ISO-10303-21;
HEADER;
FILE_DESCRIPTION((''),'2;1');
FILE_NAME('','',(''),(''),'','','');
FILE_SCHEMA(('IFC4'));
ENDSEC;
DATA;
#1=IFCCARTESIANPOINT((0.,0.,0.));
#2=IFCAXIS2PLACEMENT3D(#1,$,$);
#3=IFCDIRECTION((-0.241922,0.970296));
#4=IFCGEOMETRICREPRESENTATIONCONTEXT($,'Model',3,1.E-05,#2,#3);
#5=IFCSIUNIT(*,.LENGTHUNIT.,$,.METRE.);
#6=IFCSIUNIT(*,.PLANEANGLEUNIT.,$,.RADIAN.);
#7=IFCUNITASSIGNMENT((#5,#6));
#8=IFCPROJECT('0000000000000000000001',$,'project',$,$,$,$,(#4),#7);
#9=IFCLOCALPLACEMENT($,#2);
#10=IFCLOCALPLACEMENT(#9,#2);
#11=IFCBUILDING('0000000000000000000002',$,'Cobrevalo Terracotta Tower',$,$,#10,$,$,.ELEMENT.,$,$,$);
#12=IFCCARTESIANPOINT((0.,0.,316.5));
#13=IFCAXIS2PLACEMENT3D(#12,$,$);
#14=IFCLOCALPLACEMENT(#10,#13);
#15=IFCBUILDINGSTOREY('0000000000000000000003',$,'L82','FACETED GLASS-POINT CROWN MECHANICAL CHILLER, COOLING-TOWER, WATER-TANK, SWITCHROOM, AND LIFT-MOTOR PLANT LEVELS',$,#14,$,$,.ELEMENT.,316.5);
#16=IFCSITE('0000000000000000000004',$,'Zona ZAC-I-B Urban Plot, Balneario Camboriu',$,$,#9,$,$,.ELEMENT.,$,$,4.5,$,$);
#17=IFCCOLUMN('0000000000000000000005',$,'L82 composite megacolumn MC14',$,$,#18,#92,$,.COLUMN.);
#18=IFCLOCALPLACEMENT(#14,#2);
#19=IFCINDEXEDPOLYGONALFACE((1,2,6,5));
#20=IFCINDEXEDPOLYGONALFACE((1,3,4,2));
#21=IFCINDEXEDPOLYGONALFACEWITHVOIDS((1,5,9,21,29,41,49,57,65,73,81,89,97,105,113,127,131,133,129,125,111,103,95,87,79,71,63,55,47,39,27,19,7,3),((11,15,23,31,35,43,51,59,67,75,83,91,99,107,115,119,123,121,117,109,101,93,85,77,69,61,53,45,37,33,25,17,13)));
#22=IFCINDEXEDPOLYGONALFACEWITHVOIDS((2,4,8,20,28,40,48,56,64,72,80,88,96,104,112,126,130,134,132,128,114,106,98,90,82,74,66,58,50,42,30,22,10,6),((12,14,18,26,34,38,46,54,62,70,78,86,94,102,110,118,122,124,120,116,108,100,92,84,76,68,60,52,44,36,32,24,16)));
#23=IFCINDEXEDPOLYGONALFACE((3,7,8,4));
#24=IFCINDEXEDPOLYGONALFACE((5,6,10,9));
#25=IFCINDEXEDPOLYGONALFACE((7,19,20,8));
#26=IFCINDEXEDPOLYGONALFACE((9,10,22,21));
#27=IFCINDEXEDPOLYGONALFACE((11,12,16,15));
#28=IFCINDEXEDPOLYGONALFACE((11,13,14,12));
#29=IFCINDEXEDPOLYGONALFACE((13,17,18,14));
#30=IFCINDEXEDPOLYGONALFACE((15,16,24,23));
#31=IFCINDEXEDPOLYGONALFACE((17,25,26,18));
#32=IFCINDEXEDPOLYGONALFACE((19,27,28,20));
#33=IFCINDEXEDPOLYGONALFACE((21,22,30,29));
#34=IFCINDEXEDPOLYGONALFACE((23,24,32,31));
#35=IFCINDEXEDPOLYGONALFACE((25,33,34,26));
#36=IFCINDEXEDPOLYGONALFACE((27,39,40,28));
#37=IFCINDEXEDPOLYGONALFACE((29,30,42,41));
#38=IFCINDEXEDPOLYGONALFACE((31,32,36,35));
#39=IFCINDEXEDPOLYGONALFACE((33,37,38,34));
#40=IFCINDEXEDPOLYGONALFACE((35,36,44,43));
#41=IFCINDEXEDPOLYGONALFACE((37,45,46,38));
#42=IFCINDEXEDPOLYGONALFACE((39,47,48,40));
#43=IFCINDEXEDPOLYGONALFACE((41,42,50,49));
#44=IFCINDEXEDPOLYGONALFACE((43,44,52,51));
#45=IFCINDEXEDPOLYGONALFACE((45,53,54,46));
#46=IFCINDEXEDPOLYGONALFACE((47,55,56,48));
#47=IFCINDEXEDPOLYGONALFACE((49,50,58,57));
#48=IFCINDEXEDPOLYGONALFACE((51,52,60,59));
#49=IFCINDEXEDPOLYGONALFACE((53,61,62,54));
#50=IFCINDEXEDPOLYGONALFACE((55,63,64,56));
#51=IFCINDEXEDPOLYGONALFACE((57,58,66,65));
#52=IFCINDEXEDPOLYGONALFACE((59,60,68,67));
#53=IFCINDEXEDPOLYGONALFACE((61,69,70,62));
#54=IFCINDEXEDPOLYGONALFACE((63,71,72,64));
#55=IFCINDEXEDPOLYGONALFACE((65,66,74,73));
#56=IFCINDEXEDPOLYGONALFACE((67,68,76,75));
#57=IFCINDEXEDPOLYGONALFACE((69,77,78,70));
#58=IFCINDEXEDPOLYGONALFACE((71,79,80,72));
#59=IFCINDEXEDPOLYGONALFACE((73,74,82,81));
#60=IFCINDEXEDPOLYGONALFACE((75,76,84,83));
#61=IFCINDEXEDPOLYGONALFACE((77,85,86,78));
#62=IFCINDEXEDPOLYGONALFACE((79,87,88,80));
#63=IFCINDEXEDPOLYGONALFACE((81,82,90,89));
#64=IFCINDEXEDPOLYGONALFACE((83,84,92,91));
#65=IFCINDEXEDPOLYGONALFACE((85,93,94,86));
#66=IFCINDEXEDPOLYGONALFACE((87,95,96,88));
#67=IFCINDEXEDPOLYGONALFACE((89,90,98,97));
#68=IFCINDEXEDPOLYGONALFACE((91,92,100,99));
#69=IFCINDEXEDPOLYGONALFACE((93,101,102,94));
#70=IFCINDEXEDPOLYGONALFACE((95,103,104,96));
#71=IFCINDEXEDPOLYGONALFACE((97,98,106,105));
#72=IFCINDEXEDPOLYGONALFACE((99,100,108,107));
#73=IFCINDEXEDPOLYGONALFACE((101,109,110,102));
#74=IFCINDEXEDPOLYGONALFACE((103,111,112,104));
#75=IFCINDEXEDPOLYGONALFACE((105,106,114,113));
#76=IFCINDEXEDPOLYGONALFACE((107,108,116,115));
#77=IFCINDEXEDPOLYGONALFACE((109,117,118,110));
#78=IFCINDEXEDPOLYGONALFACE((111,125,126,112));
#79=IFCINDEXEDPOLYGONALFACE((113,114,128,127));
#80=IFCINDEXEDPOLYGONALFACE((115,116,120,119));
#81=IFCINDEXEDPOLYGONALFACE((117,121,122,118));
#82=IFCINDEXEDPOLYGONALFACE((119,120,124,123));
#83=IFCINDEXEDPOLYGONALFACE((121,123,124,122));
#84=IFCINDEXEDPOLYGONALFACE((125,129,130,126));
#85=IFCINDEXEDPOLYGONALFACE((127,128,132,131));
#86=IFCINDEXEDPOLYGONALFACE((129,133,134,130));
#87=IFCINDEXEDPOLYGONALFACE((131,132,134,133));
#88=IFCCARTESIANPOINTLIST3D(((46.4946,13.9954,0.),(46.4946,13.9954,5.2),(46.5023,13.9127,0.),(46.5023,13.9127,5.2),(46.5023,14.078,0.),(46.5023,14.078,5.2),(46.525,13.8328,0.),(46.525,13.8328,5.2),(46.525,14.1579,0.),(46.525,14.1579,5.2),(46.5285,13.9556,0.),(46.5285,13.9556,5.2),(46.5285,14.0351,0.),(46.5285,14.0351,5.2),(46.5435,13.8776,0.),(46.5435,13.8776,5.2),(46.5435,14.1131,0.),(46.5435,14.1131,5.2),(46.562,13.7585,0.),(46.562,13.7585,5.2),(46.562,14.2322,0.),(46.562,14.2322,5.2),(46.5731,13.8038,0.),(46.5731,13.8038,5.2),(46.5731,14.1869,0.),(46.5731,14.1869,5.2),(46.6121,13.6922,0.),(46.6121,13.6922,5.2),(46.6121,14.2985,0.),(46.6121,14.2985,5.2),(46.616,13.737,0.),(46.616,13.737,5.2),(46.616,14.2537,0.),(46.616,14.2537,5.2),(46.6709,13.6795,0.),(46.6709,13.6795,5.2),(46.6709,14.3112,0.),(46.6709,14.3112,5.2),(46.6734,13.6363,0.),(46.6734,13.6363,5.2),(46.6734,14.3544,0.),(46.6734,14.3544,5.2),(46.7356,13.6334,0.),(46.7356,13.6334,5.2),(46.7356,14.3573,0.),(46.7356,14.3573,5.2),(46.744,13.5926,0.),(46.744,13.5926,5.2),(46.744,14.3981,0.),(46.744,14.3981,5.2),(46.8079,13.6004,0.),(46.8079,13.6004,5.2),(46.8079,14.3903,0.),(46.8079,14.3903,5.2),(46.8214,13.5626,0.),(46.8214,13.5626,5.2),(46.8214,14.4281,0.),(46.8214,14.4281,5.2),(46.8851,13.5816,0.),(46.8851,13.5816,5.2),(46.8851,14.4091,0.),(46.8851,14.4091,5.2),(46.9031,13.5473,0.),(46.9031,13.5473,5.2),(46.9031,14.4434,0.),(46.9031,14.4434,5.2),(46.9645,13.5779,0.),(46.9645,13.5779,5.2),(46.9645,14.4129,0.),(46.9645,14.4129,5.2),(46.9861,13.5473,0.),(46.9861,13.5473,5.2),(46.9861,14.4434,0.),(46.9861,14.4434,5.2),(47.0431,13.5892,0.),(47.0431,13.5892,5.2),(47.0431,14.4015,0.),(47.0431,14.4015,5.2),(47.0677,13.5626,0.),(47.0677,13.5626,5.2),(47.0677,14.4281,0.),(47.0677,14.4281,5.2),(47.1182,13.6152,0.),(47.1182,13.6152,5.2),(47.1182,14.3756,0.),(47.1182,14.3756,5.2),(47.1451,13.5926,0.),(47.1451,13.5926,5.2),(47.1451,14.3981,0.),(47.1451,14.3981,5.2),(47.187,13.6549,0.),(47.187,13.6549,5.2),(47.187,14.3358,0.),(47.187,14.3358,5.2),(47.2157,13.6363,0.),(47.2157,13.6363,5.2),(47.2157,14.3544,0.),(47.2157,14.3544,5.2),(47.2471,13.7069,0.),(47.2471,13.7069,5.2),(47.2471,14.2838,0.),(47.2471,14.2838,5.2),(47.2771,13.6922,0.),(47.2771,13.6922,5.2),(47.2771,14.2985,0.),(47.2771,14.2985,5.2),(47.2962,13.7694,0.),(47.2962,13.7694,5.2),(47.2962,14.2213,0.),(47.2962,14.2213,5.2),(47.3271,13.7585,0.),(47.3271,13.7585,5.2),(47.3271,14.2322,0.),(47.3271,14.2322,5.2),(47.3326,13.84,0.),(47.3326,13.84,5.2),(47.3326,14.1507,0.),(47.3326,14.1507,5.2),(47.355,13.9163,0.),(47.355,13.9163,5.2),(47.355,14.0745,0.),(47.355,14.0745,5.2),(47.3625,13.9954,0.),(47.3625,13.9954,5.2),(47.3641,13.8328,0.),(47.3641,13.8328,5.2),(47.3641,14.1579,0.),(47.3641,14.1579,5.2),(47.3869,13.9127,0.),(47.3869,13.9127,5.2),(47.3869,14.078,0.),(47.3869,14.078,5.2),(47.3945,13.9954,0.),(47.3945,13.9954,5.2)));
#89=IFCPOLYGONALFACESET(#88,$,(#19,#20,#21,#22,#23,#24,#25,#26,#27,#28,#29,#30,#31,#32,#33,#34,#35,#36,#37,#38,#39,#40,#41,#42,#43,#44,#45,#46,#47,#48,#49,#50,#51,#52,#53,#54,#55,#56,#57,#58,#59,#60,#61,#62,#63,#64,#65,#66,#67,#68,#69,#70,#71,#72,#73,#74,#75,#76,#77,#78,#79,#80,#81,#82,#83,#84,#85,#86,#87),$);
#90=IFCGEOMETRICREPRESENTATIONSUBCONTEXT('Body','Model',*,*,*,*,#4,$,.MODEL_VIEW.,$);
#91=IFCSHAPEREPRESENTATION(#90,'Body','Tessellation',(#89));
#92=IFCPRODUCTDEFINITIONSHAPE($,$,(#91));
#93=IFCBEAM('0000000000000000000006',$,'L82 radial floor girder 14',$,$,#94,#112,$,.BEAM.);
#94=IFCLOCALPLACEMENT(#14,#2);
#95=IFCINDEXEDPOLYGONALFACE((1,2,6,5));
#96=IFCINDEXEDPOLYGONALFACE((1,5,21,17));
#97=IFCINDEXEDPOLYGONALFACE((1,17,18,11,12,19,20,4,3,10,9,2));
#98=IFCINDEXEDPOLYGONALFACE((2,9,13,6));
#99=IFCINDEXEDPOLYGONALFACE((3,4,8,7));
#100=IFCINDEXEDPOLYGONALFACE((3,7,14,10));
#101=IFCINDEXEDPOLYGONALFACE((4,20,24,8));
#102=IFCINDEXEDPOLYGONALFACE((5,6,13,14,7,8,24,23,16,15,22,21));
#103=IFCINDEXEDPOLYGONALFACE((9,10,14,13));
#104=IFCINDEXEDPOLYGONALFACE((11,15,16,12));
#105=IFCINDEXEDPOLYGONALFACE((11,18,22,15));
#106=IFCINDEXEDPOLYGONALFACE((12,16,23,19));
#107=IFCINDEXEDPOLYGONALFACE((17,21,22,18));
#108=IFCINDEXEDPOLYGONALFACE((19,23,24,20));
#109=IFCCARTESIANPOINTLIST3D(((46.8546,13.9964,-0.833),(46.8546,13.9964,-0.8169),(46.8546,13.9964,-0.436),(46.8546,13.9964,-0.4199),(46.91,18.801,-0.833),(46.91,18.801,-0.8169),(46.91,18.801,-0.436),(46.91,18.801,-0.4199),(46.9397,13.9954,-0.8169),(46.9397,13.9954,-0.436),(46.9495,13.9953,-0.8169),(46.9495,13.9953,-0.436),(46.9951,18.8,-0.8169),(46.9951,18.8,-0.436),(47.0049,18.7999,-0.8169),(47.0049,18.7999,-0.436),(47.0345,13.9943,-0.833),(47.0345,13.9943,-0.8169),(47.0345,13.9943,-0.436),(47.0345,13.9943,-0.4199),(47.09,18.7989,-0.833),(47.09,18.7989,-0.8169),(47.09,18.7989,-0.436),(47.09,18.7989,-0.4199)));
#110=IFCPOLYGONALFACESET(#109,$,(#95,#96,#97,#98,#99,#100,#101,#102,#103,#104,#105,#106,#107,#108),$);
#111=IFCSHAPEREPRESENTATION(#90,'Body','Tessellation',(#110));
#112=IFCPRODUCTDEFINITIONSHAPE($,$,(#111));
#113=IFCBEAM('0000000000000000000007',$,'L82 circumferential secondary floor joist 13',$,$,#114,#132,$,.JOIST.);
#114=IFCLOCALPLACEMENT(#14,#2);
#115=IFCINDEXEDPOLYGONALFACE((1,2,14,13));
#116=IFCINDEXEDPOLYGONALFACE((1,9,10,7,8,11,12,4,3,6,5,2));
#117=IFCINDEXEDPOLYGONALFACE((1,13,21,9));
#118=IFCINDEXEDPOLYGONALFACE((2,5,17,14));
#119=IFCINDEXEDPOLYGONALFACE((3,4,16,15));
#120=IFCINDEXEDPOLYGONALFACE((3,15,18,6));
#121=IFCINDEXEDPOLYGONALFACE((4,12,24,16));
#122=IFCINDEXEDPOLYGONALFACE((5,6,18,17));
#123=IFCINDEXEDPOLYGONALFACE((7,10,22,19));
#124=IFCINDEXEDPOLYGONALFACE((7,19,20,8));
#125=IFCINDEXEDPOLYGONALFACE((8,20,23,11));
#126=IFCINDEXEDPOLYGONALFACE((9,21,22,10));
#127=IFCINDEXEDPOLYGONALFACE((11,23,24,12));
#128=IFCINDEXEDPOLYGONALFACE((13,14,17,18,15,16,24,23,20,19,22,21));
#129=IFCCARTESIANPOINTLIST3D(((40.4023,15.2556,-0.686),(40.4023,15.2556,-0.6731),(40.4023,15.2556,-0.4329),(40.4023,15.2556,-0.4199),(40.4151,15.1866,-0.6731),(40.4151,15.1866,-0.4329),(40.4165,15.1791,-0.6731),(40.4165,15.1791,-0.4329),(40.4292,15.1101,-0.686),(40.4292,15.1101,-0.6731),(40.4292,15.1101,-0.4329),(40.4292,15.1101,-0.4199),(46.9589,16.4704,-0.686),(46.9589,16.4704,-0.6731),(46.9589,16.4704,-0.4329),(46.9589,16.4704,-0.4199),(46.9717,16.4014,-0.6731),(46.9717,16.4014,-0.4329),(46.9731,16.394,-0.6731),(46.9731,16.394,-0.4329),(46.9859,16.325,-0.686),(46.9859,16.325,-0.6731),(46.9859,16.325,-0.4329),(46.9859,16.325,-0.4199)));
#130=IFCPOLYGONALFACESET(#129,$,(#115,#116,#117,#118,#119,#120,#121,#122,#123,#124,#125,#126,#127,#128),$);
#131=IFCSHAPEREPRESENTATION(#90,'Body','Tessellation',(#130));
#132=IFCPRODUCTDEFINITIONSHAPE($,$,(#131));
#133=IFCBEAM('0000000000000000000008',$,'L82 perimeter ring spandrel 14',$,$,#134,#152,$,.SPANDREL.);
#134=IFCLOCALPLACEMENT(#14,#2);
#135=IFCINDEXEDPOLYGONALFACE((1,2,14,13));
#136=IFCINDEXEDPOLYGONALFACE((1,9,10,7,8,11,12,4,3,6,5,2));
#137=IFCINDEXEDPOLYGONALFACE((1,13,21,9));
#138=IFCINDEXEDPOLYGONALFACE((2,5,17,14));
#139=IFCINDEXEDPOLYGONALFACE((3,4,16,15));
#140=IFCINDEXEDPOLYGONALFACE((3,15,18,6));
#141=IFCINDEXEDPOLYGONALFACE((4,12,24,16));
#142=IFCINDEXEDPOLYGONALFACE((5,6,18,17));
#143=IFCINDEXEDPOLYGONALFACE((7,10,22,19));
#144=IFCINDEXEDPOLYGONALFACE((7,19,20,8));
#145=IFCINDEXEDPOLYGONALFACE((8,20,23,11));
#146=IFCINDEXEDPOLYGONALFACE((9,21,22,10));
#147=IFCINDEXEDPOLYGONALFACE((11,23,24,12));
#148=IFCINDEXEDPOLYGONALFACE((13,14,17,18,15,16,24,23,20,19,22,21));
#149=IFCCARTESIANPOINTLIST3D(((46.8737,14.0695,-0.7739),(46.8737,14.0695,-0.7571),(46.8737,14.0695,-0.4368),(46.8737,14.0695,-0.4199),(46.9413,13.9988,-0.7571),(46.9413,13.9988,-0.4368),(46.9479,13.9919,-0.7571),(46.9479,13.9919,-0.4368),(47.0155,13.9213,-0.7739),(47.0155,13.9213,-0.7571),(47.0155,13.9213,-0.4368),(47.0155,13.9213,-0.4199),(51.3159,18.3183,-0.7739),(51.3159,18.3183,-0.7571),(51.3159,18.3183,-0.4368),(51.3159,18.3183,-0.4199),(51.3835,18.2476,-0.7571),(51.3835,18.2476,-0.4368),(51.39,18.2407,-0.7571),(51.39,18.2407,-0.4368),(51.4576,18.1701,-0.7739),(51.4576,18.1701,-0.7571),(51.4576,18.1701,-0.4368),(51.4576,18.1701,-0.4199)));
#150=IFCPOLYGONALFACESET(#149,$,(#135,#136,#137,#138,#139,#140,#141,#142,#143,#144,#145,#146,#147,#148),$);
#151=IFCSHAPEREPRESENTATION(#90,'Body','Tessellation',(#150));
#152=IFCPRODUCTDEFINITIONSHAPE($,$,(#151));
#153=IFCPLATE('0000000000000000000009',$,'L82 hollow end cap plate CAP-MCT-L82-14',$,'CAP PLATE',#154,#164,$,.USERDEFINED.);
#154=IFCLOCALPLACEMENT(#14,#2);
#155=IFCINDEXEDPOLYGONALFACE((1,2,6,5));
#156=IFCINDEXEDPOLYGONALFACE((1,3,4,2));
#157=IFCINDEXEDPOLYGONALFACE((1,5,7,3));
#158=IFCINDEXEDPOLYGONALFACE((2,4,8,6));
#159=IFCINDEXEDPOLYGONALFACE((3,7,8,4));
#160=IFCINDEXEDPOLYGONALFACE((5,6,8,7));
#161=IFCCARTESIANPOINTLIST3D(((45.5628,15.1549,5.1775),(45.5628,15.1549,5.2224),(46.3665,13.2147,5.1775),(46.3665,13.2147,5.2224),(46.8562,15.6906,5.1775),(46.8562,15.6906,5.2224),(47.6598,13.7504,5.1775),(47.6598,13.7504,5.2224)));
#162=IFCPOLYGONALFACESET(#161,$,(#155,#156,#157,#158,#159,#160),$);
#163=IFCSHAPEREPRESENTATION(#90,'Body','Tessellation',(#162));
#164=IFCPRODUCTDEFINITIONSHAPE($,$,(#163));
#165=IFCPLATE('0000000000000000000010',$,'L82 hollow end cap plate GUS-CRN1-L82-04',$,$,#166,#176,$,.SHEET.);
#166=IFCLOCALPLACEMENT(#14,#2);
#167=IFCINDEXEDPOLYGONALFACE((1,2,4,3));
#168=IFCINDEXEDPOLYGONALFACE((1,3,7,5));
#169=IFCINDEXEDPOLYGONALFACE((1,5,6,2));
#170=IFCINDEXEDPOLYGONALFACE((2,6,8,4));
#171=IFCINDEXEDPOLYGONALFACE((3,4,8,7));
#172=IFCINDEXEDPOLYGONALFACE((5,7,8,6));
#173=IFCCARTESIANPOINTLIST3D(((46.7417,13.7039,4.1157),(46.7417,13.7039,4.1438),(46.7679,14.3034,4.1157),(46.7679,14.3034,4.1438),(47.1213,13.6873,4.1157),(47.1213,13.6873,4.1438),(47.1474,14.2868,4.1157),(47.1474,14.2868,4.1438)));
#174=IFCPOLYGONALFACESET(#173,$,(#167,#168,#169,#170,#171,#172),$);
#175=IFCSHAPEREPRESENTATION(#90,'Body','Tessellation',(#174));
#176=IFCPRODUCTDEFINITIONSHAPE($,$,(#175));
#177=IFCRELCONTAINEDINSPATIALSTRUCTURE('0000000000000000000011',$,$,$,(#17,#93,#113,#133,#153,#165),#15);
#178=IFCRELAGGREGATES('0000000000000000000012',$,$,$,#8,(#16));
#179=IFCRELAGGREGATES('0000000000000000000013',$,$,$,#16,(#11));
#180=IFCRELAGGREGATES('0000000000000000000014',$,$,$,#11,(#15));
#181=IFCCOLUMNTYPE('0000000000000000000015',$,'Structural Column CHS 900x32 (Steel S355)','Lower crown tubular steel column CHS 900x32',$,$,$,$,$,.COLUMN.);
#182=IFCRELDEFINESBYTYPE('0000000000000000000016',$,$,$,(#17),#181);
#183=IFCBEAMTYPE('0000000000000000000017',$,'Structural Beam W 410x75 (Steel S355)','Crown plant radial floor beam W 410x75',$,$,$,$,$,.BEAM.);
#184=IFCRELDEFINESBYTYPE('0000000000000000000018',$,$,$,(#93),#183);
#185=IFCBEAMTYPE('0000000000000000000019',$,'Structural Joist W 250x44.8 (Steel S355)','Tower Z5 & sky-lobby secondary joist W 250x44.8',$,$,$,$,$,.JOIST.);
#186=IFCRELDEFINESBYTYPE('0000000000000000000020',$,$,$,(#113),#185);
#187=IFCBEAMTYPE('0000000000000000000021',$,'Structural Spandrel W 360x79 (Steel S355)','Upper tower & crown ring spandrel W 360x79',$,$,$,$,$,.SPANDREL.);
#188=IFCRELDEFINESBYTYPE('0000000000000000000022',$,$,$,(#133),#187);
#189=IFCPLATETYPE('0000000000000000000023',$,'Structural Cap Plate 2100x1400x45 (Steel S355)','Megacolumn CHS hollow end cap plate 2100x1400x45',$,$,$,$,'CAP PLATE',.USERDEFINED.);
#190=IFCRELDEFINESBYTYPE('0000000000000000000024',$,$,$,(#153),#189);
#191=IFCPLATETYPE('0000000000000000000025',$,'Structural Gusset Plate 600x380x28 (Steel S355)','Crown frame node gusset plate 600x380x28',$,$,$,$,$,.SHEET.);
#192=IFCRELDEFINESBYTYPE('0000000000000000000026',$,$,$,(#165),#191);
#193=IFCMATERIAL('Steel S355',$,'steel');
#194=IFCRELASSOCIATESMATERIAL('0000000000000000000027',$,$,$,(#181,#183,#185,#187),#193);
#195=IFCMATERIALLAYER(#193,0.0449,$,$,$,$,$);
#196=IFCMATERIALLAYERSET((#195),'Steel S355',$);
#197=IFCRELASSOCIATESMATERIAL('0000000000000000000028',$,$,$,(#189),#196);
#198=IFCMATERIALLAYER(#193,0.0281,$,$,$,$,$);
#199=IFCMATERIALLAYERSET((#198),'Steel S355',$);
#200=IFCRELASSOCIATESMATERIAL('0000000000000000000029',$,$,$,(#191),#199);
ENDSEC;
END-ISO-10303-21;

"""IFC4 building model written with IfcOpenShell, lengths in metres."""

from ifc_helpers import new_model, si_unit, direction, frame, origin, origin_2d, place, context, subcontext, project, spatial, rectangle, hollow_circle, i_section, extrude, source, transform, mapped, material, layer, layer_set, material_profile, profile_set, type_object, element, save


model = new_model("IFC4")

# Units and contexts
model_context = context("Model", 3, precision=1e-05, world=origin(), true_north=direction((-0.241922, 0.970296)))
body_context = subcontext(model_context, "Body", "Model", "MODEL_VIEW")
ifc_project = project(units=[si_unit("LENGTHUNIT", "METRE"), si_unit("PLANEANGLEUNIT", "RADIAN")], contexts=[model_context])

# Site, building, storey
site_placement = place(None, origin())
site = spatial("IfcSite", under=ifc_project, at=site_placement, Name="Zona ZAC-I-B Urban Plot, Balneario Camboriu", CompositionType="ELEMENT", RefElevation=4.5)
building_placement = place(site_placement, origin())
building = spatial("IfcBuilding", under=site, at=building_placement, Name="Cobrevalo Terracotta Tower", CompositionType="ELEMENT")
storey_placement = place(building_placement, frame((0.0, 0.0, 316.5)))
storey = spatial("IfcBuildingStorey", under=building, at=storey_placement, Name="L82", Description="FACETED GLASS-POINT CROWN MECHANICAL CHILLER, COOLING-TOWER, WATER-TANK, SWITCHROOM, AND LIFT-MOTOR PLANT LEVELS", CompositionType="ELEMENT", Elevation=316.5)

# Column
ifc_material_1 = material(Name="Steel S355", Category="steel")
ifc_material_profile_1 = material_profile(ifc_material_1, hollow_circle(Radius=0.45, WallThickness=0.032, at=origin_2d()), Name="CHS 900x32")
ifc_profile_set_1 = profile_set([ifc_material_profile_1], Name="Steel S355")
column_type = type_object("IfcColumnType", Name="Structural Column CHS 900x32 (Steel S355)", Description="Lower crown tubular steel column CHS 900x32", PredefinedType="COLUMN", material=ifc_profile_set_1)
column_placement = place(storey_placement, frame((46.9446, 13.9954, 0.0), z_axis=(0.0, 0.0, 1.0), x_axis=(1.0, 0.0, 0.0)))
element("IfcColumn", 1, at=column_placement, inside=storey, type_object=column_type, Name="L82 composite megacolumn MC14", PredefinedType="COLUMN", context=body_context, shape_type="SweptSolid", body=[
    extrude(hollow_circle(Radius=0.45, WallThickness=0.032, at=origin_2d()), origin(), (0.0, 0.0, 1.0), 5.2),
])

# Beams
ifc_material_profile_2 = material_profile(ifc_material_1, i_section(OverallWidth=0.1799, OverallDepth=0.4131, WebThickness=0.0098, FlangeThickness=0.0161, at=origin_2d()), Name="W 410x75")
ifc_profile_set_2 = profile_set([ifc_material_profile_2], Name="Steel S355")
beam_type_1 = type_object("IfcBeamType", Name="Structural Beam W 410x75 (Steel S355)", Description="Crown plant radial floor beam W 410x75", PredefinedType="BEAM", material=ifc_profile_set_2)
beam_1_placement = place(storey_placement, frame((46.9446, 13.9954, -0.6265), z_axis=(0.011534, 0.999933, 0.0), x_axis=(-0.999933, 0.011534, 0.0)))
element("IfcBeam", 2, at=beam_1_placement, inside=storey, type_object=beam_type_1, Name="L82 radial floor girder 14", PredefinedType="BEAM", context=body_context, shape_type="SweptSolid", body=[
    extrude(i_section(OverallWidth=0.1799, OverallDepth=0.4131, WebThickness=0.0098, FlangeThickness=0.0161, at=origin_2d()), origin(), (0.0, 0.0, 1.0), 4.8049),
])
ifc_material_profile_3 = material_profile(ifc_material_1, i_section(OverallWidth=0.1479, OverallDepth=0.2661, WebThickness=0.0076, FlangeThickness=0.0129, at=origin_2d()), Name="W 250x44.8")
ifc_profile_set_3 = profile_set([ifc_material_profile_3], Name="Steel S355")
beam_type_2 = type_object("IfcBeamType", Name="Structural Joist W 250x44.8 (Steel S355)", Description="Tower Z5 & sky-lobby secondary joist W 250x44.8", PredefinedType="JOIST", material=ifc_profile_set_3)
beam_2_placement = place(storey_placement, frame((40.4158, 15.1829, -0.553), z_axis=(0.983265, 0.182184, 0.0), x_axis=(-0.182184, 0.983265, 0.0)))
element("IfcBeam", 3, at=beam_2_placement, inside=storey, type_object=beam_type_2, Name="L82 circumferential secondary floor joist 13", PredefinedType="JOIST", context=body_context, shape_type="SweptSolid", body=[
    extrude(i_section(OverallWidth=0.1479, OverallDepth=0.2661, WebThickness=0.0076, FlangeThickness=0.0129, at=origin_2d()), origin(), (0.0, 0.0, 1.0), 6.6682),
])
ifc_material_profile_4 = material_profile(ifc_material_1, i_section(OverallWidth=0.2051, OverallDepth=0.354, WebThickness=0.0095, FlangeThickness=0.0168, at=origin_2d()), Name="W 360x79")
ifc_profile_set_4 = profile_set([ifc_material_profile_4], Name="Steel S355")
beam_type_3 = type_object("IfcBeamType", Name="Structural Spandrel W 360x79 (Steel S355)", Description="Upper tower & crown ring spandrel W 360x79", PredefinedType="SPANDREL", material=ifc_profile_set_4)
beam_3_placement = place(storey_placement, frame((46.9446, 13.9954, -0.5969), z_axis=(0.72266, 0.691204, 0.0), x_axis=(-0.691204, 0.72266, 0.0)))
element("IfcBeam", 4, at=beam_3_placement, inside=storey, type_object=beam_type_3, Name="L82 perimeter ring spandrel 14", PredefinedType="SPANDREL", context=body_context, shape_type="SweptSolid", body=[
    extrude(i_section(OverallWidth=0.2051, OverallDepth=0.354, WebThickness=0.0095, FlangeThickness=0.0168, at=origin_2d()), origin(), (0.0, 0.0, 1.0), 6.147),
])

# Plates
ifc_layer_1 = layer(ifc_material_1, 0.0449)
ifc_layer_set_1 = layer_set([ifc_layer_1], Name="Steel S355")
plate_type_1 = type_object("IfcPlateType", Name="Structural Cap Plate 2100x1400x45 (Steel S355)", Description="Megacolumn CHS hollow end cap plate 2100x1400x45", ElementType="CAP PLATE", PredefinedType="USERDEFINED", material=ifc_layer_set_1)
shared_shape_1 = source(origin(), body_context, "Body", "SweptSolid", [
    extrude(rectangle(XDim=2.1001, YDim=1.3999, at=origin_2d()), origin(), (0.0, 0.0, 1.0), 0.0449),
])
plate_1_placement = place(storey_placement, frame((46.6113, 14.4526, 5.1775), z_axis=(0.0, 0.0, 1.0), x_axis=(0.382683, -0.92388, 0.0)))
element("IfcPlate", 5, at=plate_1_placement, inside=storey, type_object=plate_type_1, Name="L82 hollow end cap plate CAP-MCT-L82-14", ObjectType="CAP PLATE", PredefinedType="USERDEFINED", context=body_context, shape_type="MappedRepresentation", body=[
    mapped(shared_shape_1, transform((0.0, 0.0, 0.0), scale=1.0)),
])
ifc_layer_2 = layer(ifc_material_1, 0.0281)
ifc_layer_set_2 = layer_set([ifc_layer_2], Name="Steel S355")
plate_type_2 = type_object("IfcPlateType", Name="Structural Gusset Plate 600x380x28 (Steel S355)", Description="Crown frame node gusset plate 600x380x28", PredefinedType="SHEET", material=ifc_layer_set_2)
shared_shape_2 = source(origin(), body_context, "Body", "SweptSolid", [
    extrude(rectangle(XDim=0.6001, YDim=0.3799, at=origin_2d()), origin(), (0.0, 0.0, 1.0), 0.0281),
])
plate_2_placement = place(storey_placement, frame((46.9446, 13.9954, 4.1157), z_axis=(0.0, 0.0, 1.0), x_axis=(-0.0436, -0.999049, 0.0)))
element("IfcPlate", 6, at=plate_2_placement, inside=storey, type_object=plate_type_2, Name="L82 hollow end cap plate GUS-CRN1-L82-04", PredefinedType="SHEET", context=body_context, shape_type="MappedRepresentation", body=[
    mapped(shared_shape_2, transform((0.0, 0.0, 0.0), scale=1.0)),
])

save(model, "model.ifc")
